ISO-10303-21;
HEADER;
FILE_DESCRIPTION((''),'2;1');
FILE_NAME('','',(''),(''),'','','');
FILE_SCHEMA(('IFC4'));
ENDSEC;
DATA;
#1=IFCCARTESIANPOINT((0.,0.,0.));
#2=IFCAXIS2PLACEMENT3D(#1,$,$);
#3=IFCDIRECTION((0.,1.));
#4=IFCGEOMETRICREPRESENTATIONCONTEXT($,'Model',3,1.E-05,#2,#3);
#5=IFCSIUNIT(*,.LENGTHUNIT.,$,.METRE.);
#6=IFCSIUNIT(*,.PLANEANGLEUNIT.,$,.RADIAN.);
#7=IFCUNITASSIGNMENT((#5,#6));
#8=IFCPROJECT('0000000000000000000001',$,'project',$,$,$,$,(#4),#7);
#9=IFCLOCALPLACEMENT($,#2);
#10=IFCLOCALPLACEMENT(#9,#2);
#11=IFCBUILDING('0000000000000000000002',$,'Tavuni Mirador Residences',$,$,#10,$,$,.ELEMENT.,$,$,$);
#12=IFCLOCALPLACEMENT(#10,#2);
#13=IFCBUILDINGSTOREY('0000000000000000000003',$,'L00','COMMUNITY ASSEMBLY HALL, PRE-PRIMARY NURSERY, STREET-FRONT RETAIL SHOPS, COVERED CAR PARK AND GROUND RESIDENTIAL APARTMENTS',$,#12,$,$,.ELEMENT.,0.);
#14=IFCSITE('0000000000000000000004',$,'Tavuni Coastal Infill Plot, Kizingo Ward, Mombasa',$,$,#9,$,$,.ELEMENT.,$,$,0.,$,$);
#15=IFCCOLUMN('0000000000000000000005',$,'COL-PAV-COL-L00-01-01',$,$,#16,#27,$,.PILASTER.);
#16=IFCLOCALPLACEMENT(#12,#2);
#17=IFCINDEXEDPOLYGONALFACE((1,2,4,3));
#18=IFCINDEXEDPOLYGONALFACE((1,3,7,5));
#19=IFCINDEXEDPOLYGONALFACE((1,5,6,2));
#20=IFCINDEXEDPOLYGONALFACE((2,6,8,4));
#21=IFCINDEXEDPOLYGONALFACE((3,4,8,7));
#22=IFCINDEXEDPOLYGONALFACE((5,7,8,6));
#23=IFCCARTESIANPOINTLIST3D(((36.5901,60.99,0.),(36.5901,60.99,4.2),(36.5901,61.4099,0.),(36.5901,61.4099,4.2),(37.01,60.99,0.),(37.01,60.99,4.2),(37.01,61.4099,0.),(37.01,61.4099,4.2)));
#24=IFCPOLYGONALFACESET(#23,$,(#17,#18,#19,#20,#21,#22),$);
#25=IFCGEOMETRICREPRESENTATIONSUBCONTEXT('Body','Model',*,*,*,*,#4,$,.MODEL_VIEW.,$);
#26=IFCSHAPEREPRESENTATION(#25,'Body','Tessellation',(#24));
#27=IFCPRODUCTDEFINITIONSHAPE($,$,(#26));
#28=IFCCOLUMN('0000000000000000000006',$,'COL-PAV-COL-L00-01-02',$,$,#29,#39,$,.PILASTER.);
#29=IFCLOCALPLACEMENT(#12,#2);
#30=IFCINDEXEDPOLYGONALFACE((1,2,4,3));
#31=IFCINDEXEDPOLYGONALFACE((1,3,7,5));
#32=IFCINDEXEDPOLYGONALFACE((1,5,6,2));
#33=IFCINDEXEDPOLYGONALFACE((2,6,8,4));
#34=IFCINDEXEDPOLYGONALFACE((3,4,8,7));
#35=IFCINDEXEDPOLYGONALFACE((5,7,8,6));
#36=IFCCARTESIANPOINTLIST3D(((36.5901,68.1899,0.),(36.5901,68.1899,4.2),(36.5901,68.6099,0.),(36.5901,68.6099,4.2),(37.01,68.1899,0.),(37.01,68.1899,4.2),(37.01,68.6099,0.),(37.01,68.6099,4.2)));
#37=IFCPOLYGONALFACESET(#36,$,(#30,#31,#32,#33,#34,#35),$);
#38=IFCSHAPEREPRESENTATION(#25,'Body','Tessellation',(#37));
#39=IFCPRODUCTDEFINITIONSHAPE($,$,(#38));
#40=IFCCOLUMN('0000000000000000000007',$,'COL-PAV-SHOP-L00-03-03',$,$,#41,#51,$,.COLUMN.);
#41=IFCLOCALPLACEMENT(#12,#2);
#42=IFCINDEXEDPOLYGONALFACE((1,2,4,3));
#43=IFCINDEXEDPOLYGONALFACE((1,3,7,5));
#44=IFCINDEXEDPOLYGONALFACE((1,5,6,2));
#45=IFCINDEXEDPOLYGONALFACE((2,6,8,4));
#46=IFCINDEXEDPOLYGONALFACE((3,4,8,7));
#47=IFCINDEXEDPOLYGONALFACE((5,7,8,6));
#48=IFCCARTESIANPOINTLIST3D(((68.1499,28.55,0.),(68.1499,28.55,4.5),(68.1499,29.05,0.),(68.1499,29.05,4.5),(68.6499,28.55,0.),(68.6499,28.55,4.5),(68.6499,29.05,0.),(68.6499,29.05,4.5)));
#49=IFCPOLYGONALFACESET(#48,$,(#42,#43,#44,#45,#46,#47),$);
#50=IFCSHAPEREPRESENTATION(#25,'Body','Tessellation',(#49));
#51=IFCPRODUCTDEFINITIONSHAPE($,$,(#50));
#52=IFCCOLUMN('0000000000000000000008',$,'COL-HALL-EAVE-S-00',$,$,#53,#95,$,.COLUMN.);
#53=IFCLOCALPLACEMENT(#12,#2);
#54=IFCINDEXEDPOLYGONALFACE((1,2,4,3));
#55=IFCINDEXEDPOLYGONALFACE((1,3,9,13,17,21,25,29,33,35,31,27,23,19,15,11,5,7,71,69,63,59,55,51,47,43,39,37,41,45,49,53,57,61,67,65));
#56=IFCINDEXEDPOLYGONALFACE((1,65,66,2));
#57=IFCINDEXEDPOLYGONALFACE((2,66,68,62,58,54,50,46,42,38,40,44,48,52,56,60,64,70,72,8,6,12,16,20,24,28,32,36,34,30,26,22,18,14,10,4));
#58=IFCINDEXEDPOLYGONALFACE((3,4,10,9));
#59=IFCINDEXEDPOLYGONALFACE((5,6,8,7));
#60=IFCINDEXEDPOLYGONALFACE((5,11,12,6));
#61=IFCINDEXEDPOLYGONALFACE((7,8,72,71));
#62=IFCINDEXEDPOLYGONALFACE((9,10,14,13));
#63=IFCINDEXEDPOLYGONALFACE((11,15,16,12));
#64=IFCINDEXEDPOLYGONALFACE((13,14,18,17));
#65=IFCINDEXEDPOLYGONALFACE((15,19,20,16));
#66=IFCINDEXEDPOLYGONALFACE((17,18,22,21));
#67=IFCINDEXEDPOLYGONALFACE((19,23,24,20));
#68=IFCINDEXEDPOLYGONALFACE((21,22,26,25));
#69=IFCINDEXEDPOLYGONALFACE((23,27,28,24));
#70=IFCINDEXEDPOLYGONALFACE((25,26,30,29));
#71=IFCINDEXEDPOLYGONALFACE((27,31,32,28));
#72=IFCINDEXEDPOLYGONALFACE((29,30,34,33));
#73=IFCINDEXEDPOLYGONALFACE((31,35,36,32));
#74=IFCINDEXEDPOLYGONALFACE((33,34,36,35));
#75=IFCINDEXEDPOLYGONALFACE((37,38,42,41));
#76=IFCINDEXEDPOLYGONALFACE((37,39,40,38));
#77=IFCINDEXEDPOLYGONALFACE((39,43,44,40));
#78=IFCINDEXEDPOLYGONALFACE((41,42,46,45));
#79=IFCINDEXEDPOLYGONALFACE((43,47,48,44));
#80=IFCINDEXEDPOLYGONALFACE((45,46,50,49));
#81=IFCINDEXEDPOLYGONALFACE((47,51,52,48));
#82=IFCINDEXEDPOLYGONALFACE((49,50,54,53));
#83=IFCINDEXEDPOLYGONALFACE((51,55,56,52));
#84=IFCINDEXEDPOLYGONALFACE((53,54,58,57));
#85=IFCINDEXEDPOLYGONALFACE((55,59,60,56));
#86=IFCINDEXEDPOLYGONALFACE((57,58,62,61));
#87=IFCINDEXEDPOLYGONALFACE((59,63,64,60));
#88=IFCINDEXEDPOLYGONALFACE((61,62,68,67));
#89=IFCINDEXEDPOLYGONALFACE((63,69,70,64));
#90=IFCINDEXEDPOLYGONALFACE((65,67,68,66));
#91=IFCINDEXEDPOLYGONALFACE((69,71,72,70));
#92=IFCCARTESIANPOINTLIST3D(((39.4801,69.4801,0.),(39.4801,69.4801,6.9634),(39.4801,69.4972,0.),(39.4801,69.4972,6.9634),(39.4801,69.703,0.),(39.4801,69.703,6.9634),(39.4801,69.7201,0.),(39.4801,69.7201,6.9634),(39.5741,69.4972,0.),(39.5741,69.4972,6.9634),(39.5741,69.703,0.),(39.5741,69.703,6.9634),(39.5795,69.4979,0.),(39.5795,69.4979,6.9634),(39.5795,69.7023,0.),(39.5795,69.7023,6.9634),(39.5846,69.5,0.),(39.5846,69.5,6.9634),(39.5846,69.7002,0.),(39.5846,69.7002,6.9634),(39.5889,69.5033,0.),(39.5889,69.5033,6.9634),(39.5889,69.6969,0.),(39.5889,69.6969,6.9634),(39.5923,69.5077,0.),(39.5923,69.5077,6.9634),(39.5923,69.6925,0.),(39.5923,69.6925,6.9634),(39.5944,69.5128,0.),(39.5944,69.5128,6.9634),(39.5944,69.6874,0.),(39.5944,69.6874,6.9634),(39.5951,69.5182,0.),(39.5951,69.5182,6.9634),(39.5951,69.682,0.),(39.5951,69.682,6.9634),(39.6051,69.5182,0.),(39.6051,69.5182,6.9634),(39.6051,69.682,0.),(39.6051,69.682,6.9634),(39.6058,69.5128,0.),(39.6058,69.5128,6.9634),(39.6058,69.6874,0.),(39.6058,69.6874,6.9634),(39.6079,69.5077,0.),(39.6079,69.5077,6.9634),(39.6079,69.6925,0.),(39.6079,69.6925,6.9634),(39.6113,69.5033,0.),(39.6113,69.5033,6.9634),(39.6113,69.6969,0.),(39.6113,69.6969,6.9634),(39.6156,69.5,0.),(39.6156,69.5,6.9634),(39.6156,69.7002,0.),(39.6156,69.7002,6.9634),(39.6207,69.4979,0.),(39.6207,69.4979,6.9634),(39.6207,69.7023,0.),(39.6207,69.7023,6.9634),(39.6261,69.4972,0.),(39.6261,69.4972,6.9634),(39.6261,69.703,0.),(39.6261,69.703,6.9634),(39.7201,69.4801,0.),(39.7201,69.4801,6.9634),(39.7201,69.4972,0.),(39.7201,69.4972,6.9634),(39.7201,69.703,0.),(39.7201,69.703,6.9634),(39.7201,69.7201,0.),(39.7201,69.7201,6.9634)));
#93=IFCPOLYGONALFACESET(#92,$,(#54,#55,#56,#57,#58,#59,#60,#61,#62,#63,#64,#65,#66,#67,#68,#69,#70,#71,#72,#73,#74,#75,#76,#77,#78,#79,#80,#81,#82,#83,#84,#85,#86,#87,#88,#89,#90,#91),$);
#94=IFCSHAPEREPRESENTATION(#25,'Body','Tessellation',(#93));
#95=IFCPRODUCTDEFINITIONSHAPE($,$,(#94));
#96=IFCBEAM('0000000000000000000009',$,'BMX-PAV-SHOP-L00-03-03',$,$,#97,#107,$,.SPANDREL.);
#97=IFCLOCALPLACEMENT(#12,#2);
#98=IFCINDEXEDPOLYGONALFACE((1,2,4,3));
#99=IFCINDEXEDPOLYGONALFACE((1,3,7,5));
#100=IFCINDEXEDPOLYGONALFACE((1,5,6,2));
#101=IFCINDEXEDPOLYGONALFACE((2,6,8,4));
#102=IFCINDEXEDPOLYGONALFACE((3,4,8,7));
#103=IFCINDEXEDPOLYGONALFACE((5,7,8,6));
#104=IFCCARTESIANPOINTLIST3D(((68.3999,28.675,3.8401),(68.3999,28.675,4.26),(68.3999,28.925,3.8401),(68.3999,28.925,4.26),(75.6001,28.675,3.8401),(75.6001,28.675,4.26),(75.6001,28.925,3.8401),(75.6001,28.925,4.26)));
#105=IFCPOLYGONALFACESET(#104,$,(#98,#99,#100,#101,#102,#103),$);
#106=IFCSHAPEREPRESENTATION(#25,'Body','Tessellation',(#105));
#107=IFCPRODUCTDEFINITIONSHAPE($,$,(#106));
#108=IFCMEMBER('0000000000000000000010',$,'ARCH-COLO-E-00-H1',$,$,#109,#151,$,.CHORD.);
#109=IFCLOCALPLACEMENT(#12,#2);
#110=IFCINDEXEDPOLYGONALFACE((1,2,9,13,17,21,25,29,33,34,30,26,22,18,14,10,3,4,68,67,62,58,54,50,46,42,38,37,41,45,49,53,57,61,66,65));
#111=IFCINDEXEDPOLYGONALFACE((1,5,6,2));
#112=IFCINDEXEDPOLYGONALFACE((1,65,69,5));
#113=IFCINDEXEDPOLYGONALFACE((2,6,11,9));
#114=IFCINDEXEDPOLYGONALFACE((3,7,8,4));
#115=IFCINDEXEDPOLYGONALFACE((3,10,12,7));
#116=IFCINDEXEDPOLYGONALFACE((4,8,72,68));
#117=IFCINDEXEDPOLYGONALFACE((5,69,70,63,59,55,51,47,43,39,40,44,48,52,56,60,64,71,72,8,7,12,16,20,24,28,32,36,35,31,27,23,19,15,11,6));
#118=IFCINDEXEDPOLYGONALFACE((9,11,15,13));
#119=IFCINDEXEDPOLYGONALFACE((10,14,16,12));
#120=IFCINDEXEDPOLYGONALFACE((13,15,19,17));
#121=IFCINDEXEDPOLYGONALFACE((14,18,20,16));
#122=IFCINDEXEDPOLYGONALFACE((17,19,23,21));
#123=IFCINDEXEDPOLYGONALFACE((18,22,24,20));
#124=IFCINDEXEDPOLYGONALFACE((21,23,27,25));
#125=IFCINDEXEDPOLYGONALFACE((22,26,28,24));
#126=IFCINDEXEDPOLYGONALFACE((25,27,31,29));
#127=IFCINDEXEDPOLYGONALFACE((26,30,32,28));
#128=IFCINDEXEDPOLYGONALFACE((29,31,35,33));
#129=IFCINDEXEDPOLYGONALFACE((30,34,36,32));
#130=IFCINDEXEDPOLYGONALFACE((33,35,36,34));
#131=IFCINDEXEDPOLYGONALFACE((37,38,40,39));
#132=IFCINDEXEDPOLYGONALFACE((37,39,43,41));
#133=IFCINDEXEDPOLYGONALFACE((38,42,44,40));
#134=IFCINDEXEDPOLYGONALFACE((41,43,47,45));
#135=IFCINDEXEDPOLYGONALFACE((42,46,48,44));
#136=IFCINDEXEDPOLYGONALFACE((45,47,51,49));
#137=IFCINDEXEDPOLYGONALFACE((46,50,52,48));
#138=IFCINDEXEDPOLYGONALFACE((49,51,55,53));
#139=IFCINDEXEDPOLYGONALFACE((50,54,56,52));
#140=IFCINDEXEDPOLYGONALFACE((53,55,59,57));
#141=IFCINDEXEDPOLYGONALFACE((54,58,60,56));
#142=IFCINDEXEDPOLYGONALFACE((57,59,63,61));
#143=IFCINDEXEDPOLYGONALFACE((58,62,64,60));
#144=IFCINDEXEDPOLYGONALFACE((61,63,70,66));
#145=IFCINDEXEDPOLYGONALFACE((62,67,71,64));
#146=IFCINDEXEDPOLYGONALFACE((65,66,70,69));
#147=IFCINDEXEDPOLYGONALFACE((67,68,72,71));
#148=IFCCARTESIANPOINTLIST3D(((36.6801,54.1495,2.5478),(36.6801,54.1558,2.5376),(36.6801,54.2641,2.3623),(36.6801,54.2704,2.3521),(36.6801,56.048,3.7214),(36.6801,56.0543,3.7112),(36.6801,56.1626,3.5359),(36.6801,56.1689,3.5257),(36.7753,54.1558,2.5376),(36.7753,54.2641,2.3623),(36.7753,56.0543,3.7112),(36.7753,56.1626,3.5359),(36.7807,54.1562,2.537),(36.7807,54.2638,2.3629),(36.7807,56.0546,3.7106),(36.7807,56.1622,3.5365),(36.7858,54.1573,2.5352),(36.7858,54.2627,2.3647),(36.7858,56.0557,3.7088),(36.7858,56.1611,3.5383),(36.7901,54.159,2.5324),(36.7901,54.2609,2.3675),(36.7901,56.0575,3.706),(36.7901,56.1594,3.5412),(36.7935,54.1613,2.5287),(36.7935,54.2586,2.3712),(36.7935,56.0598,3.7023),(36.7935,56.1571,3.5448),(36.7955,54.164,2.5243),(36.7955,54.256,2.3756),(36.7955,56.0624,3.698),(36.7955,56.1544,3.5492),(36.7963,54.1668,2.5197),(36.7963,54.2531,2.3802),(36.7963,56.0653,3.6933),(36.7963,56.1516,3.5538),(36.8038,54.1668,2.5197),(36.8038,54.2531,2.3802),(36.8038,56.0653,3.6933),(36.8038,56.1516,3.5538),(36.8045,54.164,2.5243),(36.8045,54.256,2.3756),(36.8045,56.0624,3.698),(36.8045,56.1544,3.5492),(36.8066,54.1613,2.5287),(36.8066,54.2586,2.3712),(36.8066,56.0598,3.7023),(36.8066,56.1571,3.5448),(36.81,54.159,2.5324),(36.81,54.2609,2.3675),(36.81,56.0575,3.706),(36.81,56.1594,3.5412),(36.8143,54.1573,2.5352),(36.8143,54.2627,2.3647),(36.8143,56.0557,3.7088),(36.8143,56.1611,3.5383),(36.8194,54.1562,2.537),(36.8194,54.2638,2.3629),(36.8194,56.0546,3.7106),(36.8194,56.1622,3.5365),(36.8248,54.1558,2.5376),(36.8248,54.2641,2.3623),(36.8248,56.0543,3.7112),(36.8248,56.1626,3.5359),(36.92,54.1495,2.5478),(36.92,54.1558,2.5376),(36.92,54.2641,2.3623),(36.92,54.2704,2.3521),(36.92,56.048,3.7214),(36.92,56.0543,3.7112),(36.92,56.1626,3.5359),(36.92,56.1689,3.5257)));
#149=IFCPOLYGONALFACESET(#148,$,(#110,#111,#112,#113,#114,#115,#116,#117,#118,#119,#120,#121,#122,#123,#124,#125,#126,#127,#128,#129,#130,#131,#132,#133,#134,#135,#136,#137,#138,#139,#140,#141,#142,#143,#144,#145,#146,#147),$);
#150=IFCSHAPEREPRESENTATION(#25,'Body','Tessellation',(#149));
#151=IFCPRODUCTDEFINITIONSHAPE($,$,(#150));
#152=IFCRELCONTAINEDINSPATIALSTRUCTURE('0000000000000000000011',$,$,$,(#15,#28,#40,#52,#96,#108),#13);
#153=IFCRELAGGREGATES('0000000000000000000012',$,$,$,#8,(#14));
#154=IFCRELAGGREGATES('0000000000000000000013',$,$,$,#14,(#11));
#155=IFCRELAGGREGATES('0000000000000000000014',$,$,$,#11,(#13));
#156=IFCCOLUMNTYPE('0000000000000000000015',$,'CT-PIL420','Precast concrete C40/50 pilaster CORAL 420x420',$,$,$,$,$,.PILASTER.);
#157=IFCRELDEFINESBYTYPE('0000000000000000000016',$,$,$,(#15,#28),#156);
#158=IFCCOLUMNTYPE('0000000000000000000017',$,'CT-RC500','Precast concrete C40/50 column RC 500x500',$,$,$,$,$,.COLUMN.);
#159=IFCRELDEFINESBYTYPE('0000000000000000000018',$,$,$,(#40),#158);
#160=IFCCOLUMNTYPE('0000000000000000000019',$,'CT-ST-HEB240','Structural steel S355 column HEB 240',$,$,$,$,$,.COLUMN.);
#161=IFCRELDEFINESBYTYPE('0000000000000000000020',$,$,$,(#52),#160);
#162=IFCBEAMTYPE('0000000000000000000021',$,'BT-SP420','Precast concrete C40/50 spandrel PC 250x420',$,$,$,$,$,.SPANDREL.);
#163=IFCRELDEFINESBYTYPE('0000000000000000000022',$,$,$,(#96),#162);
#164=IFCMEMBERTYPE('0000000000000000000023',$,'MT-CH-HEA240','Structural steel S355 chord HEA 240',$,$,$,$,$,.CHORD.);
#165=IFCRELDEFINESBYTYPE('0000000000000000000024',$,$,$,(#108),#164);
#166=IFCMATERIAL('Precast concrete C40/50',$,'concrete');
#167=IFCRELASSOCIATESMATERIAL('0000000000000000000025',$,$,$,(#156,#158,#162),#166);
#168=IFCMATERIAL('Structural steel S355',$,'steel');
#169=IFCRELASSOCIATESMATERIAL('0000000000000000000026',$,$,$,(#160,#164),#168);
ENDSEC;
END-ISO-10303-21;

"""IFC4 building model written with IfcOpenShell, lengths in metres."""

from ifc_helpers import new_model, si_unit, direction, frame, origin, origin_2d, place, context, subcontext, project, spatial, rectangle, i_section, extrude, material, material_profile, profile_set, type_object, element, save


model = new_model("IFC4")

# Units and contexts
model_context = context("Model", 3, precision=1e-05, world=origin(), true_north=direction((0.0, 1.0)))
body_context = subcontext(model_context, "Body", "Model", "MODEL_VIEW")
ifc_project = project(units=[si_unit("LENGTHUNIT", "METRE"), si_unit("PLANEANGLEUNIT", "RADIAN")], contexts=[model_context])

# Site, building, storey
site_placement = place(None, origin())
site = spatial("IfcSite", under=ifc_project, at=site_placement, Name="Tavuni Coastal Infill Plot, Kizingo Ward, Mombasa", CompositionType="ELEMENT", RefElevation=0.0)
building_placement = place(site_placement, origin())
building = spatial("IfcBuilding", under=site, at=building_placement, Name="Tavuni Mirador Residences", CompositionType="ELEMENT")
storey_placement = place(building_placement, origin())
storey = spatial("IfcBuildingStorey", under=building, at=storey_placement, Name="L00", Description="COMMUNITY ASSEMBLY HALL, PRE-PRIMARY NURSERY, STREET-FRONT RETAIL SHOPS, COVERED CAR PARK AND GROUND RESIDENTIAL APARTMENTS", CompositionType="ELEMENT", Elevation=0.0)

# Columns
ifc_material_1 = material(Name="Precast concrete C40/50", Category="concrete")
ifc_material_profile_1 = material_profile(ifc_material_1, rectangle(XDim=0.4199, YDim=0.4199, at=origin_2d()), Name="CORAL 420x420", Category="concrete")
ifc_profile_set_1 = profile_set([ifc_material_profile_1], Name="Precast concrete C40/50")
column_type_1 = type_object("IfcColumnType", Name="CT-PIL420", Description="Precast concrete C40/50 pilaster CORAL 420x420", PredefinedType="PILASTER", material=ifc_profile_set_1)
for number, where, z_axis, x_axis, name in (
    (1, (36.8, 61.2, 0.0), (0.0, 0.0, 1.0), (1.0, 0.0, 0.0), "COL-PAV-COL-L00-01-01"),
    (2, (36.8, 68.3999, 0.0), (0.0, 0.0, 1.0), (1.0, 0.0, 0.0), "COL-PAV-COL-L00-01-02"),
):
    element("IfcColumn", number, at=place(storey_placement, frame(where, z_axis=z_axis, x_axis=x_axis)), inside=storey, type_object=column_type_1, Name=name, PredefinedType="PILASTER", context=body_context, shape_type="SweptSolid", body=[
        extrude(rectangle(XDim=0.4199, YDim=0.4199, at=origin_2d()), origin(), (0.0, 0.0, 1.0), 4.2),
    ])
ifc_material_profile_2 = material_profile(ifc_material_1, rectangle(XDim=0.5, YDim=0.5, at=origin_2d()), Name="RC 500x500", Category="concrete")
ifc_profile_set_2 = profile_set([ifc_material_profile_2], Name="Precast concrete C40/50")
column_type_2 = type_object("IfcColumnType", Name="CT-RC500", Description="Precast concrete C40/50 column RC 500x500", PredefinedType="COLUMN", material=ifc_profile_set_2)
column_1_placement = place(storey_placement, frame((68.3999, 28.8, 0.0), z_axis=(0.0, 0.0, 1.0), x_axis=(1.0, 0.0, 0.0)))
element("IfcColumn", 3, at=column_1_placement, inside=storey, type_object=column_type_2, Name="COL-PAV-SHOP-L00-03-03", PredefinedType="COLUMN", context=body_context, shape_type="SweptSolid", body=[
    extrude(rectangle(XDim=0.5, YDim=0.5, at=origin_2d()), origin(), (0.0, 0.0, 1.0), 4.5),
])
ifc_material_2 = material(Name="Structural steel S355", Category="steel")
ifc_material_profile_3 = material_profile(ifc_material_2, i_section(OverallWidth=0.24, OverallDepth=0.24, WebThickness=0.01, FlangeThickness=0.0171, FilletRadius=0.021, at=origin_2d()), Name="HEB 240", Category="steel")
ifc_profile_set_3 = profile_set([ifc_material_profile_3], Name="Structural steel S355")
column_type_3 = type_object("IfcColumnType", Name="CT-ST-HEB240", Description="Structural steel S355 column HEB 240", PredefinedType="COLUMN", material=ifc_profile_set_3)
column_2_placement = place(storey_placement, frame((39.6001, 69.6001, 0.0), z_axis=(0.0, 0.0, 1.0), x_axis=(1.0, 0.0, 0.0)))
element("IfcColumn", 4, at=column_2_placement, inside=storey, type_object=column_type_3, Name="COL-HALL-EAVE-S-00", PredefinedType="COLUMN", context=body_context, shape_type="SweptSolid", body=[
    extrude(i_section(OverallWidth=0.24, OverallDepth=0.24, WebThickness=0.01, FlangeThickness=0.0171, FilletRadius=0.021, at=origin_2d()), origin(), (0.0, 0.0, 1.0), 6.9634),
])

# Beam
ifc_material_profile_4 = material_profile(ifc_material_1, rectangle(XDim=0.25, YDim=0.4199, at=origin_2d()), Name="PC 250x420", Category="concrete")
ifc_profile_set_4 = profile_set([ifc_material_profile_4], Name="Precast concrete C40/50")
beam_type = type_object("IfcBeamType", Name="BT-SP420", Description="Precast concrete C40/50 spandrel PC 250x420", PredefinedType="SPANDREL", material=ifc_profile_set_4)
beam_placement = place(storey_placement, frame((68.3999, 28.8, 4.05), z_axis=(1.0, 0.0, 0.0), x_axis=(0.0, 1.0, 0.0)))
element("IfcBeam", 5, at=beam_placement, inside=storey, type_object=beam_type, Name="BMX-PAV-SHOP-L00-03-03", PredefinedType="SPANDREL", context=body_context, shape_type="SweptSolid", body=[
    extrude(rectangle(XDim=0.25, YDim=0.4199, at=origin_2d()), origin(), (0.0, 0.0, 1.0), 7.2002),
])

# Member
ifc_material_profile_5 = material_profile(ifc_material_2, i_section(OverallWidth=0.24, OverallDepth=0.23, WebThickness=0.0076, FlangeThickness=0.012, FilletRadius=0.021, at=origin_2d()), Name="HEA 240", Category="steel")
ifc_profile_set_5 = profile_set([ifc_material_profile_5], Name="Structural steel S355")
member_type = type_object("IfcMemberType", Name="MT-CH-HEA240", Description="Structural steel S355 chord HEA 240", PredefinedType="CHORD", material=ifc_profile_set_5)
member_1_placement = place(storey_placement, frame((36.8, 54.21, 2.45), z_axis=(0.0, 0.850594, 0.525824), x_axis=(-1.0, 0.0, 0.0)))
element("IfcMember", 6, at=member_1_placement, inside=storey, type_object=member_type, Name="ARCH-COLO-E-00-H1", PredefinedType="CHORD", context=body_context, shape_type="SweptSolid", body=[
    extrude(i_section(OverallWidth=0.24, OverallDepth=0.23, WebThickness=0.0076, FlangeThickness=0.012, FilletRadius=0.021, at=origin_2d()), origin(), (0.0, 0.0, 1.0), 2.2319),
])

save(model, "model.ifc")
